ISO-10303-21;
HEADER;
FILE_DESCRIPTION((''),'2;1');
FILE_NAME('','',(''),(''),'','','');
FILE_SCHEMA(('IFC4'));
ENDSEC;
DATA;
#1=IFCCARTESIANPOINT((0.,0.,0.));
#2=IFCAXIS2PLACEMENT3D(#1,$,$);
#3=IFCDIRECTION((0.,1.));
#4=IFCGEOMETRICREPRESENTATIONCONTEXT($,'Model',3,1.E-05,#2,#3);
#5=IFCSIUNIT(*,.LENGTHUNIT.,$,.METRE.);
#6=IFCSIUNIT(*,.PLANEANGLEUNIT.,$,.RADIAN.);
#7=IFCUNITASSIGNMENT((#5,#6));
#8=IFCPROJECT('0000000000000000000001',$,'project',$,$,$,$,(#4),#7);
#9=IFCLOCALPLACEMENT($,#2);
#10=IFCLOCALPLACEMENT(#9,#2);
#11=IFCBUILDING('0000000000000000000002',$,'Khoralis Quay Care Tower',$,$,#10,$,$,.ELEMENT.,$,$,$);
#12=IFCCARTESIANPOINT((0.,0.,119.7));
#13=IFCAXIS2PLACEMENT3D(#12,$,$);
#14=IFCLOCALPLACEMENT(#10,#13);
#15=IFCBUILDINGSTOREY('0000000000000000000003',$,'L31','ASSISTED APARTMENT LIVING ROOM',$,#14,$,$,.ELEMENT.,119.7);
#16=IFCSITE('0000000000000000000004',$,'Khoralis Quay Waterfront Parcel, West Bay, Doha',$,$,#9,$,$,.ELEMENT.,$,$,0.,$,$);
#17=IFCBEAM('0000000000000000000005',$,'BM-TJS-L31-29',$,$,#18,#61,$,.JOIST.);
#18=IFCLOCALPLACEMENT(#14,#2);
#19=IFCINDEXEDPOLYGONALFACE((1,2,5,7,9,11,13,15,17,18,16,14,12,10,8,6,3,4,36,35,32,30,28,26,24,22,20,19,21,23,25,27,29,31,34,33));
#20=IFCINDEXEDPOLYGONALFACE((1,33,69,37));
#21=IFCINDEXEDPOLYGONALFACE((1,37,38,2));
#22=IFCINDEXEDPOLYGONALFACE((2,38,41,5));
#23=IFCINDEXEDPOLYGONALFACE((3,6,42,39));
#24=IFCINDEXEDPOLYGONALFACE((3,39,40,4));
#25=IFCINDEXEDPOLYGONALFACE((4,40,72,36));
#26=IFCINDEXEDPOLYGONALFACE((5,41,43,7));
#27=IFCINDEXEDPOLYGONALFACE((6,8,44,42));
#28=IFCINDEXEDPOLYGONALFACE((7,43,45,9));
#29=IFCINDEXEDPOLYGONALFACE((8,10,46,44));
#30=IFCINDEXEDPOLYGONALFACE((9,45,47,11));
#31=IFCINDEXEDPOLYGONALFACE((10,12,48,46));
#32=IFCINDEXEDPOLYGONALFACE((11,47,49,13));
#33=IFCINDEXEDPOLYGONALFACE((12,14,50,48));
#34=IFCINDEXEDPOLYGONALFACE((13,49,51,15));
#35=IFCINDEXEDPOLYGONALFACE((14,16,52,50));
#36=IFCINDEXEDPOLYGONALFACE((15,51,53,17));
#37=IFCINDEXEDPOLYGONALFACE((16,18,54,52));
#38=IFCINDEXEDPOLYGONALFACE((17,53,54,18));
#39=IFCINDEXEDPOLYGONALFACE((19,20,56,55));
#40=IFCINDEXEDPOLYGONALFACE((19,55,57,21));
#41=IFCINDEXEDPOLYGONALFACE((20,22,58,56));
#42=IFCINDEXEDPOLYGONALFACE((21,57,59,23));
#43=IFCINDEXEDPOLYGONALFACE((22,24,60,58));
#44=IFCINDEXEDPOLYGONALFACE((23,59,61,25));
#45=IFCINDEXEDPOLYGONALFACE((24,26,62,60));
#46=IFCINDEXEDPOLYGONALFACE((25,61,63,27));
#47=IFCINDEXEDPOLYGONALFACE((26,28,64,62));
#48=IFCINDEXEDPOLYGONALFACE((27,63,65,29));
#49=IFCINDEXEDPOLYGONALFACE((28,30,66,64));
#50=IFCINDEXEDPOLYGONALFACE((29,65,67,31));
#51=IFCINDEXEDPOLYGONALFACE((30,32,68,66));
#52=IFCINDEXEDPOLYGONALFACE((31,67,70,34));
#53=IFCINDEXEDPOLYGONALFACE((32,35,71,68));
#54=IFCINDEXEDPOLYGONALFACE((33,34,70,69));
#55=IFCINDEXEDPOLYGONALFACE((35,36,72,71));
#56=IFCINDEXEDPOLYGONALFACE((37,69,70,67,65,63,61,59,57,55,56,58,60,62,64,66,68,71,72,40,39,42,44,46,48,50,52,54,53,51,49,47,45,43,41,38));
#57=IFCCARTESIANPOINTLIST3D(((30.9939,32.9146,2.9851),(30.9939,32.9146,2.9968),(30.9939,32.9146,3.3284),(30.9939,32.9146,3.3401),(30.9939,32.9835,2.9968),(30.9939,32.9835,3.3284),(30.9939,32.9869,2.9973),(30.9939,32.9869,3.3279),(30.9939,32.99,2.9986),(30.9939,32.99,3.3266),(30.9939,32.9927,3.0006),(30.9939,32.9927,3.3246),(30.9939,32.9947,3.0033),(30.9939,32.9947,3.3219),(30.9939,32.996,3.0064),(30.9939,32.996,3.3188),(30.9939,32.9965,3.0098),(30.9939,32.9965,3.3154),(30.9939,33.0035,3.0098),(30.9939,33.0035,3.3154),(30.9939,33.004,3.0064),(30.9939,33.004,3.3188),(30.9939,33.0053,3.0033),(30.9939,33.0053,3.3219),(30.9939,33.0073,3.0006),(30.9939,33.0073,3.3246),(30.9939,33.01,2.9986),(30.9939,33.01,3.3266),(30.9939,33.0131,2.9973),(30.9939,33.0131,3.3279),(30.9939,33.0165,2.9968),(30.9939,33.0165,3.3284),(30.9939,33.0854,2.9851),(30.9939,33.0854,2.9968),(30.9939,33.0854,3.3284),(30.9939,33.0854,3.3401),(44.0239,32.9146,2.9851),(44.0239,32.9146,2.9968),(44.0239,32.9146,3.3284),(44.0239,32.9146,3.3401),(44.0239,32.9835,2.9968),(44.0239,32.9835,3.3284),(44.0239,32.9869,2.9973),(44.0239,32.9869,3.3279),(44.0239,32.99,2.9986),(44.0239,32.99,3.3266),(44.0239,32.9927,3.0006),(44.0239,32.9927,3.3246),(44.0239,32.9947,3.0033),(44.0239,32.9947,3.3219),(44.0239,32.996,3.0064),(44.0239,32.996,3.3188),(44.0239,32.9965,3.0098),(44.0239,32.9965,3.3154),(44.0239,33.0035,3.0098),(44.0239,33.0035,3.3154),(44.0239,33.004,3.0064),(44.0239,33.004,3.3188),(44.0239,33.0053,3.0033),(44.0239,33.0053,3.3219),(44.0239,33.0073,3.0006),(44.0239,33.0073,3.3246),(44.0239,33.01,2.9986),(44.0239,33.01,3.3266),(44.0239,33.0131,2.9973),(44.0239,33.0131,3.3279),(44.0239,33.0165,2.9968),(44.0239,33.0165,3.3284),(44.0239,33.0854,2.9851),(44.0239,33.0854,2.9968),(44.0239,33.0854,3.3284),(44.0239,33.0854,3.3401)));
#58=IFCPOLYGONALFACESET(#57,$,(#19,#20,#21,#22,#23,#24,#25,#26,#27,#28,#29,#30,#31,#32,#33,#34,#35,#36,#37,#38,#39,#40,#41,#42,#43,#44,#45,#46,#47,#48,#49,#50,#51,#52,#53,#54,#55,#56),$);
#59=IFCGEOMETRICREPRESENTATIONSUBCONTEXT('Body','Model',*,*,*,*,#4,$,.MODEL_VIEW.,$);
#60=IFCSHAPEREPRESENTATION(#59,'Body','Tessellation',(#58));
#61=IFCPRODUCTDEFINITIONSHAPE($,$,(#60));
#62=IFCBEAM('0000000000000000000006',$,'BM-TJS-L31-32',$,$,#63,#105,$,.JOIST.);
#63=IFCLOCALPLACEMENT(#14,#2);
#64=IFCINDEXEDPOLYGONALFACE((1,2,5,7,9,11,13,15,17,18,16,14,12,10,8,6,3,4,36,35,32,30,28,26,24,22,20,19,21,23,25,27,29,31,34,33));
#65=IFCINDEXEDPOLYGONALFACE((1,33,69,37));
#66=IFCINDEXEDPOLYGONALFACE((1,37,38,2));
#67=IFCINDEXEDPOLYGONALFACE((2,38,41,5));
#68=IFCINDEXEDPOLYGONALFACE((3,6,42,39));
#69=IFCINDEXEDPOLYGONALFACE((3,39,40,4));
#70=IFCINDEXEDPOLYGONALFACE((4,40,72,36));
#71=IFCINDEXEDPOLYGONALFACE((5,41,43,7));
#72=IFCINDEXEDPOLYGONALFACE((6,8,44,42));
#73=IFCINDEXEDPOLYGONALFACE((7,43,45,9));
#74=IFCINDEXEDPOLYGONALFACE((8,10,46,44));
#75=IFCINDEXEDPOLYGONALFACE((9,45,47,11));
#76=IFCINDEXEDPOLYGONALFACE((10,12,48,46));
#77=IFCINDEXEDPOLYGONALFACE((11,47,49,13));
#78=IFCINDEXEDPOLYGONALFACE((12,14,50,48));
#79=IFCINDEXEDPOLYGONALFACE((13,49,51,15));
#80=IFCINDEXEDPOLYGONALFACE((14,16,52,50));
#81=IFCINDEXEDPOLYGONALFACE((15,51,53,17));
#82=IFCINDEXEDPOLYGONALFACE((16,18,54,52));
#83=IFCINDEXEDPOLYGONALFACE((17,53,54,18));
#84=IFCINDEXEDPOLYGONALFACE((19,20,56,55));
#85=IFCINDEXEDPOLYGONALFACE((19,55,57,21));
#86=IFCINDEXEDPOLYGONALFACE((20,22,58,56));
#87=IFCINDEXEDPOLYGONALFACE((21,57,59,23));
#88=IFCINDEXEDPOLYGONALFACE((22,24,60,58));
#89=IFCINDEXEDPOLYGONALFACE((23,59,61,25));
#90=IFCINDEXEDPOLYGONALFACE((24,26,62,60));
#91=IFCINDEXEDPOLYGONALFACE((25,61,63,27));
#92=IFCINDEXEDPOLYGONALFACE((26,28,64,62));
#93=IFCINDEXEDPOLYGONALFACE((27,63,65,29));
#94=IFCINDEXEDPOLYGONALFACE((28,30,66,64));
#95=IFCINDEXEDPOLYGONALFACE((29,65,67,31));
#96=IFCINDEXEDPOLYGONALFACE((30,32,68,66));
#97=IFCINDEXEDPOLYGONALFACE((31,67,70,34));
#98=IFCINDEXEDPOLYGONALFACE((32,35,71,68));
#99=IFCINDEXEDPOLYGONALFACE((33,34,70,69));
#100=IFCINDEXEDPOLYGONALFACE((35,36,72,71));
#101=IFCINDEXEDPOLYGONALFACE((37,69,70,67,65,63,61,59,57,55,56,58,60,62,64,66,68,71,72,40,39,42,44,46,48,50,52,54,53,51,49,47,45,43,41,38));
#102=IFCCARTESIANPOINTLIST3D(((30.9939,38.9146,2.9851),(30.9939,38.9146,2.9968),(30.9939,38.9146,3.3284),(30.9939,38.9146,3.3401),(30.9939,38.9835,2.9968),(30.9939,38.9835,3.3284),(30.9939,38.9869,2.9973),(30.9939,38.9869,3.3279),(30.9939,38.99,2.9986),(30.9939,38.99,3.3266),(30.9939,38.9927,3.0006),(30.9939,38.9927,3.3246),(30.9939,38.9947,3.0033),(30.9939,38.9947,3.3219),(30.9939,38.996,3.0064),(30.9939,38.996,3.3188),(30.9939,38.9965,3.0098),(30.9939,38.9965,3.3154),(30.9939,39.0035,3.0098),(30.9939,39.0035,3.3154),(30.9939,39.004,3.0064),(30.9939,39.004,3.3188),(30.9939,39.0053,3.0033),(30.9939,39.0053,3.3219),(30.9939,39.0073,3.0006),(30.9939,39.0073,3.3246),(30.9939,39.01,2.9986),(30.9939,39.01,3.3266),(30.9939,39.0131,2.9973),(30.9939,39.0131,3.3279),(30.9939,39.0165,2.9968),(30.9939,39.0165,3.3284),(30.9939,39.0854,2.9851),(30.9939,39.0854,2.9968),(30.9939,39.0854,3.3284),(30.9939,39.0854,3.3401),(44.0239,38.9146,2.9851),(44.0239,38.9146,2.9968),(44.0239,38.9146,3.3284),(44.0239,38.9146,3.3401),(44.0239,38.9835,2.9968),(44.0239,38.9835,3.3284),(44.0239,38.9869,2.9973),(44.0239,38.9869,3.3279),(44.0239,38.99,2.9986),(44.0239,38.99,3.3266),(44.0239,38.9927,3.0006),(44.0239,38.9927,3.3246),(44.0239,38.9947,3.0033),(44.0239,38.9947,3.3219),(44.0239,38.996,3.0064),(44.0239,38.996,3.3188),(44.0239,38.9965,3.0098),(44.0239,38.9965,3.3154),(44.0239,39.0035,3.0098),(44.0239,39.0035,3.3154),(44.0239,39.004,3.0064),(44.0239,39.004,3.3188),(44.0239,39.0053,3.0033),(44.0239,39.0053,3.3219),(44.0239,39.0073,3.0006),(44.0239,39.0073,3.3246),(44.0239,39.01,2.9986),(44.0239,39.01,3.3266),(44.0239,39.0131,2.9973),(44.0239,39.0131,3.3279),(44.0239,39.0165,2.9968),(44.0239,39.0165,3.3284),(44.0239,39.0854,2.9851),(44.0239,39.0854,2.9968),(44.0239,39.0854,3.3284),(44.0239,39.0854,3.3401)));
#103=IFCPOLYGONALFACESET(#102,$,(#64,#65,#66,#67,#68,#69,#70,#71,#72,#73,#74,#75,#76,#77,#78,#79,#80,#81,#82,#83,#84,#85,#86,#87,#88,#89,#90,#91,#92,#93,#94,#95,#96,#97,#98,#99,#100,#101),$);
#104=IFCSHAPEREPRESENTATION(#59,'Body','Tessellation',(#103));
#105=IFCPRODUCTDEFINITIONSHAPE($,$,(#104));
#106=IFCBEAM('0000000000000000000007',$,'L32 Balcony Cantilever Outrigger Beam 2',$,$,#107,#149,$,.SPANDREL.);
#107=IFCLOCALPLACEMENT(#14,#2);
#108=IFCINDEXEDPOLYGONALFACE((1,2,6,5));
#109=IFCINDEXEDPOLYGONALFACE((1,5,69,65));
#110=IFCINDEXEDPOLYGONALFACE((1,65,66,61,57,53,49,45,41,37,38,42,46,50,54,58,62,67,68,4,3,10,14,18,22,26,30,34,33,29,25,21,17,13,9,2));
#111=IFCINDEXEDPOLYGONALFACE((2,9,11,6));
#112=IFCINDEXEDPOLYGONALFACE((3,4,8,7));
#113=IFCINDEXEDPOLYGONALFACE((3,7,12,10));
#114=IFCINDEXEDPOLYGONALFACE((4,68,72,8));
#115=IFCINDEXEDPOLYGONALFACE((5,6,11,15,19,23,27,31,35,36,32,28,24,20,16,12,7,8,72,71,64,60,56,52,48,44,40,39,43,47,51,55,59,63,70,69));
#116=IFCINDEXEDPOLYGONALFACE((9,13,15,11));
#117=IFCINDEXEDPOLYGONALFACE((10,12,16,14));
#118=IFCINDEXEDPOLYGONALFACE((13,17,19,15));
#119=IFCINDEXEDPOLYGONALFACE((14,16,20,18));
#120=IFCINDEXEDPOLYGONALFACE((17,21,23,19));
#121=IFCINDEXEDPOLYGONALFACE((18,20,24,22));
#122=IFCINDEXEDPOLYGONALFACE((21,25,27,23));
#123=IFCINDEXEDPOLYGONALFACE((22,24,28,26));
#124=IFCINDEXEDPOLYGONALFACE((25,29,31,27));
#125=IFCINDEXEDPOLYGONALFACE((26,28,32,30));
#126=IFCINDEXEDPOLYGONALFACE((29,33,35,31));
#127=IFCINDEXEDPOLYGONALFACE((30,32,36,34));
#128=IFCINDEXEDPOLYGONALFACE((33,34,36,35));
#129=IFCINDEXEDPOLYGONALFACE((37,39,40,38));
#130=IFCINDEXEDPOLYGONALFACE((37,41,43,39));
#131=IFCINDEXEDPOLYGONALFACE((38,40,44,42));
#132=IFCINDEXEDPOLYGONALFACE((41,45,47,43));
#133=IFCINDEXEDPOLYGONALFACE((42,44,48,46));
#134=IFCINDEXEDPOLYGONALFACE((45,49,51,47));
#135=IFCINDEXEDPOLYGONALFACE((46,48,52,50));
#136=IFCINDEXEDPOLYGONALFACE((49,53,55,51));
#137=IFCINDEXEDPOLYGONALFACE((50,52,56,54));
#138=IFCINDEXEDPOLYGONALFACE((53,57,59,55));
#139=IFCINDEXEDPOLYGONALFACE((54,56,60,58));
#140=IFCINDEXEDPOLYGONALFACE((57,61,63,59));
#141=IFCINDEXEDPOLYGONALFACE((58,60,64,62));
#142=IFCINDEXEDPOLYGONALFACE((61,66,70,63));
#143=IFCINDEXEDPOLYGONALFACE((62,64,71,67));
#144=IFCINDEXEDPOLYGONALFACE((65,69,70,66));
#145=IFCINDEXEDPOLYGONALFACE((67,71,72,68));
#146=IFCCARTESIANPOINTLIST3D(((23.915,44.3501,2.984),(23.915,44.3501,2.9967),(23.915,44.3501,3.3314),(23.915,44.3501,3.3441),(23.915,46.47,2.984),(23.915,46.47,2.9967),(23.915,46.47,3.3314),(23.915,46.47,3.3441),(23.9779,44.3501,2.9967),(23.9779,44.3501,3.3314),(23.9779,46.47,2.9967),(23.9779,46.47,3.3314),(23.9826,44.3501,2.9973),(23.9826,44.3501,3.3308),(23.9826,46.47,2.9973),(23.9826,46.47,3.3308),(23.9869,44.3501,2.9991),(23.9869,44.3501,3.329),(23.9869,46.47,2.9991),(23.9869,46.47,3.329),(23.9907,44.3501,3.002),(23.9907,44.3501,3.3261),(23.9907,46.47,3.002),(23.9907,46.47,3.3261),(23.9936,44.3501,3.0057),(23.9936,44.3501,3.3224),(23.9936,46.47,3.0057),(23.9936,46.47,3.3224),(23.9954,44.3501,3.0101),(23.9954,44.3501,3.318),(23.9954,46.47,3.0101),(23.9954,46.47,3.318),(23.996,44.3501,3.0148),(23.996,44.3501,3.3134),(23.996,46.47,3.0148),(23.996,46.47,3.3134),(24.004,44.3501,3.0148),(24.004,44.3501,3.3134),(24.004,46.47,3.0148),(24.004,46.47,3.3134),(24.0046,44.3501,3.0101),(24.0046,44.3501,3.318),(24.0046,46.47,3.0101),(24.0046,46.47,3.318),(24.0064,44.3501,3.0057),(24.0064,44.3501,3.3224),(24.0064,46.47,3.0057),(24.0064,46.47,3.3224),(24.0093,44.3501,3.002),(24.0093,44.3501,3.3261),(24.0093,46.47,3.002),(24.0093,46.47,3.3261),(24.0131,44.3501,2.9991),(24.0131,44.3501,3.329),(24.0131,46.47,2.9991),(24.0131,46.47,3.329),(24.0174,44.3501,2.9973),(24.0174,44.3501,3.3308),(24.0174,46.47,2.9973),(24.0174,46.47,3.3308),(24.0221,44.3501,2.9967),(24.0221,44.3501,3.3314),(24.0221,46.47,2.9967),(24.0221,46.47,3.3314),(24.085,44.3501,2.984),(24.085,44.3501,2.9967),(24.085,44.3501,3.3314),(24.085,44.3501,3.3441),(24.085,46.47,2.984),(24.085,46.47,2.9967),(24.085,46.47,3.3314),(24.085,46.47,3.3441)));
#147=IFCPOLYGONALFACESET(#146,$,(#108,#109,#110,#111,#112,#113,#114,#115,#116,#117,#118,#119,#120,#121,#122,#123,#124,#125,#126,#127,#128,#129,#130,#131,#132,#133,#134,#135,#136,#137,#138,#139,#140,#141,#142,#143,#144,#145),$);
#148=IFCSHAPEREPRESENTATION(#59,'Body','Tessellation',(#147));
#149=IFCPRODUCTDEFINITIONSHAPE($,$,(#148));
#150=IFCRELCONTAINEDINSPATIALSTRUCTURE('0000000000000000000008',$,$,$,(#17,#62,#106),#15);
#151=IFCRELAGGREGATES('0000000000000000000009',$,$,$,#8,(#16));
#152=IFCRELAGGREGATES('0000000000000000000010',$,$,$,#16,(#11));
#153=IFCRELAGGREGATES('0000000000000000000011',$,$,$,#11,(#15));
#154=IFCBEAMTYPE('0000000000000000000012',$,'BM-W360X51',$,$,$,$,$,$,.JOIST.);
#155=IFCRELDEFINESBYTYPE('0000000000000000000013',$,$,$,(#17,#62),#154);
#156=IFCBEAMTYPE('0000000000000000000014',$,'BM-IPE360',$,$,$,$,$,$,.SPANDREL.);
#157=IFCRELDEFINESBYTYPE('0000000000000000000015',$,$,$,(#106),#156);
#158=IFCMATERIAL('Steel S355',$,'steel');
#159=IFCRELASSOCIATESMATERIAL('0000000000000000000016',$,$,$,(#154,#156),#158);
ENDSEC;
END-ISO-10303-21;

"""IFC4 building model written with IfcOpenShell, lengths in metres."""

from ifc_helpers import new_model, si_unit, direction, frame, origin, origin_2d, place, context, subcontext, project, spatial, i_section, extrude, source, transform, mapped, material, material_profile, profile_set, type_object, element, save


model = new_model("IFC4")

# Units and contexts
model_context = context("Model", 3, precision=1e-05, world=origin(), true_north=direction((0.0, 1.0)))
body_context = subcontext(model_context, "Body", "Model", "MODEL_VIEW")
ifc_project = project(units=[si_unit("LENGTHUNIT", "METRE"), si_unit("PLANEANGLEUNIT", "RADIAN")], contexts=[model_context])

# Site, building, storey
site_placement = place(None, origin())
site = spatial("IfcSite", under=ifc_project, at=site_placement, Name="Khoralis Quay Waterfront Parcel, West Bay, Doha", CompositionType="ELEMENT", RefElevation=0.0)
building_placement = place(site_placement, origin())
building = spatial("IfcBuilding", under=site, at=building_placement, Name="Khoralis Quay Care Tower", CompositionType="ELEMENT")
storey_placement = place(building_placement, frame((0.0, 0.0, 119.7)))
storey = spatial("IfcBuildingStorey", under=building, at=storey_placement, Name="L31", Description="ASSISTED APARTMENT LIVING ROOM", CompositionType="ELEMENT", Elevation=119.7)

# Beams
ifc_material_1 = material(Name="Steel S355", Category="steel")
ifc_material_profile_1 = material_profile(ifc_material_1, i_section(OverallWidth=0.1709, OverallDepth=0.355, WebThickness=0.0071, FlangeThickness=0.0117, FilletRadius=0.0129, at=origin_2d()), Name="Steel S355")
ifc_profile_set_1 = profile_set([ifc_material_profile_1], Name="Steel S355")
beam_type_1 = type_object("IfcBeamType", Name="BM-W360X51", PredefinedType="JOIST", material=ifc_profile_set_1)
shared_shape_1 = source(origin(), body_context, "Body", "SweptSolid", [
    extrude(i_section(OverallWidth=0.1709, OverallDepth=0.355, WebThickness=0.0071, FlangeThickness=0.0117, FilletRadius=0.0129, at=origin_2d()), origin(), (0.0, 0.0, 1.0), 13.03),
])
for number, where, z_axis, x_axis, name in (
    (1, (30.9939, 33.0, 3.1626), (1.0, 0.0, 0.0), (0.0, 1.0, 0.0), "BM-TJS-L31-29"),
    (2, (30.9939, 39.0, 3.1626), (1.0, 0.0, 0.0), (0.0, 1.0, 0.0), "BM-TJS-L31-32"),
):
    element("IfcBeam", number, at=place(storey_placement, frame(where, z_axis=z_axis, x_axis=x_axis)), inside=storey, type_object=beam_type_1, Name=name, PredefinedType="JOIST", context=body_context, shape_type="MappedRepresentation", body=[
        mapped(shared_shape_1, transform((0.0, 0.0, 0.0), scale=1.0)),
    ])
ifc_material_profile_2 = material_profile(ifc_material_1, i_section(OverallWidth=0.1699, OverallDepth=0.3601, WebThickness=0.0081, FlangeThickness=0.0127, FilletRadius=0.0181, at=origin_2d()), Name="Steel S355")
ifc_profile_set_2 = profile_set([ifc_material_profile_2], Name="Steel S355")
beam_type_2 = type_object("IfcBeamType", Name="BM-IPE360", PredefinedType="SPANDREL", material=ifc_profile_set_2)
shared_shape_2 = source(origin(), body_context, "Body", "SweptSolid", [
    extrude(i_section(OverallWidth=0.1699, OverallDepth=0.3601, WebThickness=0.0081, FlangeThickness=0.0127, FilletRadius=0.0181, at=origin_2d()), origin(), (0.0, 0.0, 1.0), 2.1199),
])
beam_1_placement = place(storey_placement, frame((24.0, 44.3501, 3.1641), z_axis=(0.0, 1.0, 0.0), x_axis=(-1.0, 0.0, 0.0)))
element("IfcBeam", 3, at=beam_1_placement, inside=storey, type_object=beam_type_2, Name="L32 Balcony Cantilever Outrigger Beam 2", PredefinedType="SPANDREL", context=body_context, shape_type="MappedRepresentation", body=[
    mapped(shared_shape_2, transform((0.0, 0.0, 0.0), scale=1.0)),
])

save(model, "model.ifc")
